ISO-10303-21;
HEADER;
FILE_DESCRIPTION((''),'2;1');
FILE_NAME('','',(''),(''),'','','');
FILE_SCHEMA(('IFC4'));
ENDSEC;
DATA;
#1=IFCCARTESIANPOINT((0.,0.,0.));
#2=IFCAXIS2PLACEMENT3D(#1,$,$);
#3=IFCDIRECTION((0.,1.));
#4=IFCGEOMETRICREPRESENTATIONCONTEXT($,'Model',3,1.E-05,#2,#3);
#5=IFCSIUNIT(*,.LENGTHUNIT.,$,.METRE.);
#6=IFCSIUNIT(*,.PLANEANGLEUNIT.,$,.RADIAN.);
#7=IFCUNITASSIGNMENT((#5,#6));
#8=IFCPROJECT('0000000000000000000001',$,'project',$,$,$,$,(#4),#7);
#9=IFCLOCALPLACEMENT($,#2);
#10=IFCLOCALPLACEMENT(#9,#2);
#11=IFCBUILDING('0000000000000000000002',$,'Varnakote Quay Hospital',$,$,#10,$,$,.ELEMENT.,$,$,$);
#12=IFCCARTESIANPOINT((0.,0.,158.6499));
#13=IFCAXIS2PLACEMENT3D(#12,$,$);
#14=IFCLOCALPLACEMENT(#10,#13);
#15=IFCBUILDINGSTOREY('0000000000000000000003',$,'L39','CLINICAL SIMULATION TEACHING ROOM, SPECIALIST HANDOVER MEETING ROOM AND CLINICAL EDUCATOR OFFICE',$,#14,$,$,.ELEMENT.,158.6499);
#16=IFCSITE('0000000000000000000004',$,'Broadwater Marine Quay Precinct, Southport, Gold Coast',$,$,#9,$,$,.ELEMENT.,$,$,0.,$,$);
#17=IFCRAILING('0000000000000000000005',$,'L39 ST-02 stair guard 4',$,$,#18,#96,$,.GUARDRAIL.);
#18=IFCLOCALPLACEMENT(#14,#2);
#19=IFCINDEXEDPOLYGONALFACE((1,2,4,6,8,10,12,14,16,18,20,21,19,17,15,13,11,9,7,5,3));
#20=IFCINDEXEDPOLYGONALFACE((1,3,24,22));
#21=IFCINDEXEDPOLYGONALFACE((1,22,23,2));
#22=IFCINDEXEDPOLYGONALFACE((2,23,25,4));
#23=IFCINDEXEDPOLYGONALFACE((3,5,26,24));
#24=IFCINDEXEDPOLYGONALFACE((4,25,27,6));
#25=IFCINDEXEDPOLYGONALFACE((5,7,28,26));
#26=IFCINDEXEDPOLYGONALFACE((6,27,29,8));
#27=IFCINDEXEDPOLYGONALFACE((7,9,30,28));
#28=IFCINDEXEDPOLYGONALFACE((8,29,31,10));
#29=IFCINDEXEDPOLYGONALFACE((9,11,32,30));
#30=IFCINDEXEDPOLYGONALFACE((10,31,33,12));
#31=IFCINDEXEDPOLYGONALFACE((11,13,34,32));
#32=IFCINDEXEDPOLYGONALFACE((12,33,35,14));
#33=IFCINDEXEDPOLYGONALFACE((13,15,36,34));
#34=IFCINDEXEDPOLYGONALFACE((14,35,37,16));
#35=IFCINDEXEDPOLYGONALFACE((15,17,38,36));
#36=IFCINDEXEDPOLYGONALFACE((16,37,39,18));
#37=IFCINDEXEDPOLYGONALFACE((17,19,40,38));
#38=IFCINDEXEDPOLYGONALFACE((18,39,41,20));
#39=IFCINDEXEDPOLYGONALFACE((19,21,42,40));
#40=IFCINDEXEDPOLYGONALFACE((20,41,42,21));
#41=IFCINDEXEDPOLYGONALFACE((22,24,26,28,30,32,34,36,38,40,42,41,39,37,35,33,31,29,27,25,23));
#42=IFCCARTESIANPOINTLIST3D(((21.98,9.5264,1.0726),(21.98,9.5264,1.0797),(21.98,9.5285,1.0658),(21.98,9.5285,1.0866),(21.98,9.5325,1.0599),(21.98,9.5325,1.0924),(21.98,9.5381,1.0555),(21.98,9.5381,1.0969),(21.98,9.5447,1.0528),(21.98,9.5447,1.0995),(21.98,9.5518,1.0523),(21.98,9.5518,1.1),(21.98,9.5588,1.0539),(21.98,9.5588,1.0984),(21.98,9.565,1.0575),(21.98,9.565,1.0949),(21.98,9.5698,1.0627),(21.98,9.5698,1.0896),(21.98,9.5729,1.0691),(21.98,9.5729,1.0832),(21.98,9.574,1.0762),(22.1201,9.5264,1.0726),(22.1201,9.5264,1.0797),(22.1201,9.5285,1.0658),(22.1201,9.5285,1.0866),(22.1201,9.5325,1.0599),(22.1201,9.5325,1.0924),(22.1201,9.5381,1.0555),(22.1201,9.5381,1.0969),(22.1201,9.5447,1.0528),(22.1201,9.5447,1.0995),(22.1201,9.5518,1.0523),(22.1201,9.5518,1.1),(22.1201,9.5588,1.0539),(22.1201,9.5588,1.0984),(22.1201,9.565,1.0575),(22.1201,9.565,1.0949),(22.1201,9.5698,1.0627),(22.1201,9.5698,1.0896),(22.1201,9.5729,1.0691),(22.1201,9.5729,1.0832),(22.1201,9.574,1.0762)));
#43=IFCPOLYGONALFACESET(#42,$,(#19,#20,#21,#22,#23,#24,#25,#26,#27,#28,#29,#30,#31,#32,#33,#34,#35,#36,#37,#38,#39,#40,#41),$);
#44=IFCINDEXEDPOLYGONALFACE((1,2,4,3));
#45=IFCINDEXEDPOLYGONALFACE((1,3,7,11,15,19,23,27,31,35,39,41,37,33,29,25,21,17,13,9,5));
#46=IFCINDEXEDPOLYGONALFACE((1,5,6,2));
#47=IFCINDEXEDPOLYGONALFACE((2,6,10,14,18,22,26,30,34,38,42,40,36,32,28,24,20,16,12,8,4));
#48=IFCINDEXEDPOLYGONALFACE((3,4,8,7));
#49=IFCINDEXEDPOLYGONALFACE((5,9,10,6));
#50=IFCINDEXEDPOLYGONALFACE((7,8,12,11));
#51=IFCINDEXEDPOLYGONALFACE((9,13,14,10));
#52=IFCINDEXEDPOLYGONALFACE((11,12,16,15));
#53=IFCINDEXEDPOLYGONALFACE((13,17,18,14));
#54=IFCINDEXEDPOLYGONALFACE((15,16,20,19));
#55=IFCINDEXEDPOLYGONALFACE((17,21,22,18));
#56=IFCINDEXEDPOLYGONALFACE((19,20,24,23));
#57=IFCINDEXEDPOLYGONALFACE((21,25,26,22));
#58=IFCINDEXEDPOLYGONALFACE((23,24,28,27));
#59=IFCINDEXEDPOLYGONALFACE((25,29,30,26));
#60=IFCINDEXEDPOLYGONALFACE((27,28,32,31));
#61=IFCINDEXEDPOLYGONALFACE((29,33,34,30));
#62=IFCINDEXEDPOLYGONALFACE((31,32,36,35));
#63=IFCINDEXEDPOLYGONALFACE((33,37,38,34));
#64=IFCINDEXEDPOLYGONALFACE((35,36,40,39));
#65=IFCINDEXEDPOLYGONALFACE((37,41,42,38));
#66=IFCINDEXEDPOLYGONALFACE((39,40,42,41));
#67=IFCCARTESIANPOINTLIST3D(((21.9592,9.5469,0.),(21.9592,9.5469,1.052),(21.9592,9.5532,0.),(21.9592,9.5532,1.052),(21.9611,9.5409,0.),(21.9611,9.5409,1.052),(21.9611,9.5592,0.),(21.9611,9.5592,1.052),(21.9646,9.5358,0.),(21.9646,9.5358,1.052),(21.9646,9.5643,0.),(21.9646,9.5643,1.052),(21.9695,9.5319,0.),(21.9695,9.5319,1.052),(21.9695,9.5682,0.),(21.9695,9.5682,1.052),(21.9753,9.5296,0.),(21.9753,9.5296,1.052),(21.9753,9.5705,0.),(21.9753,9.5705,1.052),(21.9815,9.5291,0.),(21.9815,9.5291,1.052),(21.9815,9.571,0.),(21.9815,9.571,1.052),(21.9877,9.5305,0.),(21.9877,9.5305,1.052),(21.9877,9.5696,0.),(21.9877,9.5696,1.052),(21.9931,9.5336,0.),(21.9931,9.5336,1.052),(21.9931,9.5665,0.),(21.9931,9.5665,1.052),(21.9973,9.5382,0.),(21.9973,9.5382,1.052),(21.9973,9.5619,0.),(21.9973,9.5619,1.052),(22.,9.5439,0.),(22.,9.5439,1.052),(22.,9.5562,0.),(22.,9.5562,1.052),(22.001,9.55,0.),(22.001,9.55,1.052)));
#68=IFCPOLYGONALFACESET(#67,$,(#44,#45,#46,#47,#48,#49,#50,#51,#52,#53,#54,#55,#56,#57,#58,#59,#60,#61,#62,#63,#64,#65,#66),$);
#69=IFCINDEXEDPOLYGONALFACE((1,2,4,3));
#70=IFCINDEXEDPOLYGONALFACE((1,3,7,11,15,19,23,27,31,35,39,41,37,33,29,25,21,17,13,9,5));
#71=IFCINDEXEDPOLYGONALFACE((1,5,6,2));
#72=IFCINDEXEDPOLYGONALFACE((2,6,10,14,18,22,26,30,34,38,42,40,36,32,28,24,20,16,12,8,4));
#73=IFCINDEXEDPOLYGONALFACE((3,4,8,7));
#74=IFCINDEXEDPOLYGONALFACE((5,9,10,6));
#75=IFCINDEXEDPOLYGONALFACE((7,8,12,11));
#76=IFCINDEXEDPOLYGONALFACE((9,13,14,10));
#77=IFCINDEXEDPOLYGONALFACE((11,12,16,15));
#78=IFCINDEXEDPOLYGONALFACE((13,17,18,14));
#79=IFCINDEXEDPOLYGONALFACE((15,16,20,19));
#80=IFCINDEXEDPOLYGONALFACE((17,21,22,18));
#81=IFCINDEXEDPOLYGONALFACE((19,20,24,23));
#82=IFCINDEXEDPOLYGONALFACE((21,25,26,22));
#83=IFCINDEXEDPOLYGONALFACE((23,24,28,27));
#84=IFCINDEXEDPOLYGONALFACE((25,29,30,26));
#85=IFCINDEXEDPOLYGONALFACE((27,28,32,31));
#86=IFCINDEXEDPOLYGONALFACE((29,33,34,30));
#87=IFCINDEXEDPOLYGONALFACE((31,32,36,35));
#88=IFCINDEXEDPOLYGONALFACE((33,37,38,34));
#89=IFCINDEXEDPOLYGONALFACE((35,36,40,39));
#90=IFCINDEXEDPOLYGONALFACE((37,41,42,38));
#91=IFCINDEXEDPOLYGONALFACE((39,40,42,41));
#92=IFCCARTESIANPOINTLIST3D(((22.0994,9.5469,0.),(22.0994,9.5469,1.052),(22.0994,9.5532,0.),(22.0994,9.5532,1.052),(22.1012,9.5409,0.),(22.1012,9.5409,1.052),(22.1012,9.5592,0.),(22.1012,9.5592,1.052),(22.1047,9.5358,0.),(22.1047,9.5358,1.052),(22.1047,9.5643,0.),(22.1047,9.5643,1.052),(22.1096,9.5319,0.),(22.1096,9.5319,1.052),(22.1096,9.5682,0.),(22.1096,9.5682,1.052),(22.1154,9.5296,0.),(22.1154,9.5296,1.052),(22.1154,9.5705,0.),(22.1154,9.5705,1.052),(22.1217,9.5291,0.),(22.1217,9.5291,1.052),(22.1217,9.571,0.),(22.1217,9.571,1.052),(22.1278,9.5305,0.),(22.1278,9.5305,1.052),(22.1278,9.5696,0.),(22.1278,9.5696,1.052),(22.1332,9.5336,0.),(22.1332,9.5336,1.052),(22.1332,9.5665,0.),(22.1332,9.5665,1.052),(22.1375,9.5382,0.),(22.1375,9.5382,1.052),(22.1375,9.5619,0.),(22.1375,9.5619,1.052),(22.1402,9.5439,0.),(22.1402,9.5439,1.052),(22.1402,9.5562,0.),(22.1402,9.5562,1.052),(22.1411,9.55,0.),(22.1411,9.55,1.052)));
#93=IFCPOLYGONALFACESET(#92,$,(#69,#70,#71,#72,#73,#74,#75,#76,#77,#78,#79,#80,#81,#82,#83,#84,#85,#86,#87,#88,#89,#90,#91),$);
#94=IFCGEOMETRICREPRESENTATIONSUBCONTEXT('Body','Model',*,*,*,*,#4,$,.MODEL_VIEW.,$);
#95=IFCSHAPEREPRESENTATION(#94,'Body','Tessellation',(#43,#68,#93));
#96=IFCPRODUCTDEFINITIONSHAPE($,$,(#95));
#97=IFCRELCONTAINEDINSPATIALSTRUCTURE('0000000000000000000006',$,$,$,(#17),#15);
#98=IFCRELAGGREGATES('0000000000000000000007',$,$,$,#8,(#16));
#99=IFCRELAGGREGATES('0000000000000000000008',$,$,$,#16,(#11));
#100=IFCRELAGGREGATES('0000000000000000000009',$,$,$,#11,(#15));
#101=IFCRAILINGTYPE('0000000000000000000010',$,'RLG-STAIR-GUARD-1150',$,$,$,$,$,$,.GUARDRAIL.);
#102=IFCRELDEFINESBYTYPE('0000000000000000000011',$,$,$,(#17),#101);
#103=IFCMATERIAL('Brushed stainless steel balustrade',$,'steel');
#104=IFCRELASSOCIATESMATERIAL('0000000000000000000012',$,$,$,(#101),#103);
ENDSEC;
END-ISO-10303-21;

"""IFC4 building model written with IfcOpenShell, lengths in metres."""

from ifc_helpers import new_model, si_unit, direction, frame, origin, origin_2d, place, context, subcontext, project, spatial, circle, extrude, material, type_object, element, save


model = new_model("IFC4")

# Units and contexts
model_context = context("Model", 3, precision=1e-05, world=origin(), true_north=direction((0.0, 1.0)))
body_context = subcontext(model_context, "Body", "Model", "MODEL_VIEW")
ifc_project = project(units=[si_unit("LENGTHUNIT", "METRE"), si_unit("PLANEANGLEUNIT", "RADIAN")], contexts=[model_context])

# Site, building, storey
site_placement = place(None, origin())
site = spatial("IfcSite", under=ifc_project, at=site_placement, Name="Broadwater Marine Quay Precinct, Southport, Gold Coast", CompositionType="ELEMENT", RefElevation=0.0)
building_placement = place(site_placement, origin())
building = spatial("IfcBuilding", under=site, at=building_placement, Name="Varnakote Quay Hospital", CompositionType="ELEMENT")
storey_placement = place(building_placement, frame((0.0, 0.0, 158.6499)))
storey = spatial("IfcBuildingStorey", under=building, at=storey_placement, Name="L39", Description="CLINICAL SIMULATION TEACHING ROOM, SPECIALIST HANDOVER MEETING ROOM AND CLINICAL EDUCATOR OFFICE", CompositionType="ELEMENT", Elevation=158.6499)

# Railing
ifc_material_1 = material(Name="Brushed stainless steel balustrade", Category="steel")
railing_type_1 = type_object("IfcRailingType", Name="RLG-STAIR-GUARD-1150", PredefinedType="GUARDRAIL", material=ifc_material_1)
railing_1_placement = place(storey_placement, frame((21.98, 9.55, 0.0)))
element("IfcRailing", 1, at=railing_1_placement, inside=storey, type_object=railing_type_1, Name="L39 ST-02 stair guard 4", PredefinedType="GUARDRAIL", context=body_context, shape_type="SweptSolid", body=[
    extrude(circle(Radius=0.0239, at=origin_2d()), frame((0.0, 0.0, 1.0762), z_axis=(1.0, 0.0, 0.0), x_axis=(0.0, 1.0, 0.0)), (0.0, 0.0, 1.0), 0.1401),
    extrude(circle(Radius=0.021, at=origin_2d()), origin(), (0.0, 0.0, 1.0), 1.052),
    extrude(circle(Radius=0.021, at=origin_2d()), frame((0.1401, 0.0, 0.0)), (0.0, 0.0, 1.0), 1.052),
])

save(model, "model.ifc")
